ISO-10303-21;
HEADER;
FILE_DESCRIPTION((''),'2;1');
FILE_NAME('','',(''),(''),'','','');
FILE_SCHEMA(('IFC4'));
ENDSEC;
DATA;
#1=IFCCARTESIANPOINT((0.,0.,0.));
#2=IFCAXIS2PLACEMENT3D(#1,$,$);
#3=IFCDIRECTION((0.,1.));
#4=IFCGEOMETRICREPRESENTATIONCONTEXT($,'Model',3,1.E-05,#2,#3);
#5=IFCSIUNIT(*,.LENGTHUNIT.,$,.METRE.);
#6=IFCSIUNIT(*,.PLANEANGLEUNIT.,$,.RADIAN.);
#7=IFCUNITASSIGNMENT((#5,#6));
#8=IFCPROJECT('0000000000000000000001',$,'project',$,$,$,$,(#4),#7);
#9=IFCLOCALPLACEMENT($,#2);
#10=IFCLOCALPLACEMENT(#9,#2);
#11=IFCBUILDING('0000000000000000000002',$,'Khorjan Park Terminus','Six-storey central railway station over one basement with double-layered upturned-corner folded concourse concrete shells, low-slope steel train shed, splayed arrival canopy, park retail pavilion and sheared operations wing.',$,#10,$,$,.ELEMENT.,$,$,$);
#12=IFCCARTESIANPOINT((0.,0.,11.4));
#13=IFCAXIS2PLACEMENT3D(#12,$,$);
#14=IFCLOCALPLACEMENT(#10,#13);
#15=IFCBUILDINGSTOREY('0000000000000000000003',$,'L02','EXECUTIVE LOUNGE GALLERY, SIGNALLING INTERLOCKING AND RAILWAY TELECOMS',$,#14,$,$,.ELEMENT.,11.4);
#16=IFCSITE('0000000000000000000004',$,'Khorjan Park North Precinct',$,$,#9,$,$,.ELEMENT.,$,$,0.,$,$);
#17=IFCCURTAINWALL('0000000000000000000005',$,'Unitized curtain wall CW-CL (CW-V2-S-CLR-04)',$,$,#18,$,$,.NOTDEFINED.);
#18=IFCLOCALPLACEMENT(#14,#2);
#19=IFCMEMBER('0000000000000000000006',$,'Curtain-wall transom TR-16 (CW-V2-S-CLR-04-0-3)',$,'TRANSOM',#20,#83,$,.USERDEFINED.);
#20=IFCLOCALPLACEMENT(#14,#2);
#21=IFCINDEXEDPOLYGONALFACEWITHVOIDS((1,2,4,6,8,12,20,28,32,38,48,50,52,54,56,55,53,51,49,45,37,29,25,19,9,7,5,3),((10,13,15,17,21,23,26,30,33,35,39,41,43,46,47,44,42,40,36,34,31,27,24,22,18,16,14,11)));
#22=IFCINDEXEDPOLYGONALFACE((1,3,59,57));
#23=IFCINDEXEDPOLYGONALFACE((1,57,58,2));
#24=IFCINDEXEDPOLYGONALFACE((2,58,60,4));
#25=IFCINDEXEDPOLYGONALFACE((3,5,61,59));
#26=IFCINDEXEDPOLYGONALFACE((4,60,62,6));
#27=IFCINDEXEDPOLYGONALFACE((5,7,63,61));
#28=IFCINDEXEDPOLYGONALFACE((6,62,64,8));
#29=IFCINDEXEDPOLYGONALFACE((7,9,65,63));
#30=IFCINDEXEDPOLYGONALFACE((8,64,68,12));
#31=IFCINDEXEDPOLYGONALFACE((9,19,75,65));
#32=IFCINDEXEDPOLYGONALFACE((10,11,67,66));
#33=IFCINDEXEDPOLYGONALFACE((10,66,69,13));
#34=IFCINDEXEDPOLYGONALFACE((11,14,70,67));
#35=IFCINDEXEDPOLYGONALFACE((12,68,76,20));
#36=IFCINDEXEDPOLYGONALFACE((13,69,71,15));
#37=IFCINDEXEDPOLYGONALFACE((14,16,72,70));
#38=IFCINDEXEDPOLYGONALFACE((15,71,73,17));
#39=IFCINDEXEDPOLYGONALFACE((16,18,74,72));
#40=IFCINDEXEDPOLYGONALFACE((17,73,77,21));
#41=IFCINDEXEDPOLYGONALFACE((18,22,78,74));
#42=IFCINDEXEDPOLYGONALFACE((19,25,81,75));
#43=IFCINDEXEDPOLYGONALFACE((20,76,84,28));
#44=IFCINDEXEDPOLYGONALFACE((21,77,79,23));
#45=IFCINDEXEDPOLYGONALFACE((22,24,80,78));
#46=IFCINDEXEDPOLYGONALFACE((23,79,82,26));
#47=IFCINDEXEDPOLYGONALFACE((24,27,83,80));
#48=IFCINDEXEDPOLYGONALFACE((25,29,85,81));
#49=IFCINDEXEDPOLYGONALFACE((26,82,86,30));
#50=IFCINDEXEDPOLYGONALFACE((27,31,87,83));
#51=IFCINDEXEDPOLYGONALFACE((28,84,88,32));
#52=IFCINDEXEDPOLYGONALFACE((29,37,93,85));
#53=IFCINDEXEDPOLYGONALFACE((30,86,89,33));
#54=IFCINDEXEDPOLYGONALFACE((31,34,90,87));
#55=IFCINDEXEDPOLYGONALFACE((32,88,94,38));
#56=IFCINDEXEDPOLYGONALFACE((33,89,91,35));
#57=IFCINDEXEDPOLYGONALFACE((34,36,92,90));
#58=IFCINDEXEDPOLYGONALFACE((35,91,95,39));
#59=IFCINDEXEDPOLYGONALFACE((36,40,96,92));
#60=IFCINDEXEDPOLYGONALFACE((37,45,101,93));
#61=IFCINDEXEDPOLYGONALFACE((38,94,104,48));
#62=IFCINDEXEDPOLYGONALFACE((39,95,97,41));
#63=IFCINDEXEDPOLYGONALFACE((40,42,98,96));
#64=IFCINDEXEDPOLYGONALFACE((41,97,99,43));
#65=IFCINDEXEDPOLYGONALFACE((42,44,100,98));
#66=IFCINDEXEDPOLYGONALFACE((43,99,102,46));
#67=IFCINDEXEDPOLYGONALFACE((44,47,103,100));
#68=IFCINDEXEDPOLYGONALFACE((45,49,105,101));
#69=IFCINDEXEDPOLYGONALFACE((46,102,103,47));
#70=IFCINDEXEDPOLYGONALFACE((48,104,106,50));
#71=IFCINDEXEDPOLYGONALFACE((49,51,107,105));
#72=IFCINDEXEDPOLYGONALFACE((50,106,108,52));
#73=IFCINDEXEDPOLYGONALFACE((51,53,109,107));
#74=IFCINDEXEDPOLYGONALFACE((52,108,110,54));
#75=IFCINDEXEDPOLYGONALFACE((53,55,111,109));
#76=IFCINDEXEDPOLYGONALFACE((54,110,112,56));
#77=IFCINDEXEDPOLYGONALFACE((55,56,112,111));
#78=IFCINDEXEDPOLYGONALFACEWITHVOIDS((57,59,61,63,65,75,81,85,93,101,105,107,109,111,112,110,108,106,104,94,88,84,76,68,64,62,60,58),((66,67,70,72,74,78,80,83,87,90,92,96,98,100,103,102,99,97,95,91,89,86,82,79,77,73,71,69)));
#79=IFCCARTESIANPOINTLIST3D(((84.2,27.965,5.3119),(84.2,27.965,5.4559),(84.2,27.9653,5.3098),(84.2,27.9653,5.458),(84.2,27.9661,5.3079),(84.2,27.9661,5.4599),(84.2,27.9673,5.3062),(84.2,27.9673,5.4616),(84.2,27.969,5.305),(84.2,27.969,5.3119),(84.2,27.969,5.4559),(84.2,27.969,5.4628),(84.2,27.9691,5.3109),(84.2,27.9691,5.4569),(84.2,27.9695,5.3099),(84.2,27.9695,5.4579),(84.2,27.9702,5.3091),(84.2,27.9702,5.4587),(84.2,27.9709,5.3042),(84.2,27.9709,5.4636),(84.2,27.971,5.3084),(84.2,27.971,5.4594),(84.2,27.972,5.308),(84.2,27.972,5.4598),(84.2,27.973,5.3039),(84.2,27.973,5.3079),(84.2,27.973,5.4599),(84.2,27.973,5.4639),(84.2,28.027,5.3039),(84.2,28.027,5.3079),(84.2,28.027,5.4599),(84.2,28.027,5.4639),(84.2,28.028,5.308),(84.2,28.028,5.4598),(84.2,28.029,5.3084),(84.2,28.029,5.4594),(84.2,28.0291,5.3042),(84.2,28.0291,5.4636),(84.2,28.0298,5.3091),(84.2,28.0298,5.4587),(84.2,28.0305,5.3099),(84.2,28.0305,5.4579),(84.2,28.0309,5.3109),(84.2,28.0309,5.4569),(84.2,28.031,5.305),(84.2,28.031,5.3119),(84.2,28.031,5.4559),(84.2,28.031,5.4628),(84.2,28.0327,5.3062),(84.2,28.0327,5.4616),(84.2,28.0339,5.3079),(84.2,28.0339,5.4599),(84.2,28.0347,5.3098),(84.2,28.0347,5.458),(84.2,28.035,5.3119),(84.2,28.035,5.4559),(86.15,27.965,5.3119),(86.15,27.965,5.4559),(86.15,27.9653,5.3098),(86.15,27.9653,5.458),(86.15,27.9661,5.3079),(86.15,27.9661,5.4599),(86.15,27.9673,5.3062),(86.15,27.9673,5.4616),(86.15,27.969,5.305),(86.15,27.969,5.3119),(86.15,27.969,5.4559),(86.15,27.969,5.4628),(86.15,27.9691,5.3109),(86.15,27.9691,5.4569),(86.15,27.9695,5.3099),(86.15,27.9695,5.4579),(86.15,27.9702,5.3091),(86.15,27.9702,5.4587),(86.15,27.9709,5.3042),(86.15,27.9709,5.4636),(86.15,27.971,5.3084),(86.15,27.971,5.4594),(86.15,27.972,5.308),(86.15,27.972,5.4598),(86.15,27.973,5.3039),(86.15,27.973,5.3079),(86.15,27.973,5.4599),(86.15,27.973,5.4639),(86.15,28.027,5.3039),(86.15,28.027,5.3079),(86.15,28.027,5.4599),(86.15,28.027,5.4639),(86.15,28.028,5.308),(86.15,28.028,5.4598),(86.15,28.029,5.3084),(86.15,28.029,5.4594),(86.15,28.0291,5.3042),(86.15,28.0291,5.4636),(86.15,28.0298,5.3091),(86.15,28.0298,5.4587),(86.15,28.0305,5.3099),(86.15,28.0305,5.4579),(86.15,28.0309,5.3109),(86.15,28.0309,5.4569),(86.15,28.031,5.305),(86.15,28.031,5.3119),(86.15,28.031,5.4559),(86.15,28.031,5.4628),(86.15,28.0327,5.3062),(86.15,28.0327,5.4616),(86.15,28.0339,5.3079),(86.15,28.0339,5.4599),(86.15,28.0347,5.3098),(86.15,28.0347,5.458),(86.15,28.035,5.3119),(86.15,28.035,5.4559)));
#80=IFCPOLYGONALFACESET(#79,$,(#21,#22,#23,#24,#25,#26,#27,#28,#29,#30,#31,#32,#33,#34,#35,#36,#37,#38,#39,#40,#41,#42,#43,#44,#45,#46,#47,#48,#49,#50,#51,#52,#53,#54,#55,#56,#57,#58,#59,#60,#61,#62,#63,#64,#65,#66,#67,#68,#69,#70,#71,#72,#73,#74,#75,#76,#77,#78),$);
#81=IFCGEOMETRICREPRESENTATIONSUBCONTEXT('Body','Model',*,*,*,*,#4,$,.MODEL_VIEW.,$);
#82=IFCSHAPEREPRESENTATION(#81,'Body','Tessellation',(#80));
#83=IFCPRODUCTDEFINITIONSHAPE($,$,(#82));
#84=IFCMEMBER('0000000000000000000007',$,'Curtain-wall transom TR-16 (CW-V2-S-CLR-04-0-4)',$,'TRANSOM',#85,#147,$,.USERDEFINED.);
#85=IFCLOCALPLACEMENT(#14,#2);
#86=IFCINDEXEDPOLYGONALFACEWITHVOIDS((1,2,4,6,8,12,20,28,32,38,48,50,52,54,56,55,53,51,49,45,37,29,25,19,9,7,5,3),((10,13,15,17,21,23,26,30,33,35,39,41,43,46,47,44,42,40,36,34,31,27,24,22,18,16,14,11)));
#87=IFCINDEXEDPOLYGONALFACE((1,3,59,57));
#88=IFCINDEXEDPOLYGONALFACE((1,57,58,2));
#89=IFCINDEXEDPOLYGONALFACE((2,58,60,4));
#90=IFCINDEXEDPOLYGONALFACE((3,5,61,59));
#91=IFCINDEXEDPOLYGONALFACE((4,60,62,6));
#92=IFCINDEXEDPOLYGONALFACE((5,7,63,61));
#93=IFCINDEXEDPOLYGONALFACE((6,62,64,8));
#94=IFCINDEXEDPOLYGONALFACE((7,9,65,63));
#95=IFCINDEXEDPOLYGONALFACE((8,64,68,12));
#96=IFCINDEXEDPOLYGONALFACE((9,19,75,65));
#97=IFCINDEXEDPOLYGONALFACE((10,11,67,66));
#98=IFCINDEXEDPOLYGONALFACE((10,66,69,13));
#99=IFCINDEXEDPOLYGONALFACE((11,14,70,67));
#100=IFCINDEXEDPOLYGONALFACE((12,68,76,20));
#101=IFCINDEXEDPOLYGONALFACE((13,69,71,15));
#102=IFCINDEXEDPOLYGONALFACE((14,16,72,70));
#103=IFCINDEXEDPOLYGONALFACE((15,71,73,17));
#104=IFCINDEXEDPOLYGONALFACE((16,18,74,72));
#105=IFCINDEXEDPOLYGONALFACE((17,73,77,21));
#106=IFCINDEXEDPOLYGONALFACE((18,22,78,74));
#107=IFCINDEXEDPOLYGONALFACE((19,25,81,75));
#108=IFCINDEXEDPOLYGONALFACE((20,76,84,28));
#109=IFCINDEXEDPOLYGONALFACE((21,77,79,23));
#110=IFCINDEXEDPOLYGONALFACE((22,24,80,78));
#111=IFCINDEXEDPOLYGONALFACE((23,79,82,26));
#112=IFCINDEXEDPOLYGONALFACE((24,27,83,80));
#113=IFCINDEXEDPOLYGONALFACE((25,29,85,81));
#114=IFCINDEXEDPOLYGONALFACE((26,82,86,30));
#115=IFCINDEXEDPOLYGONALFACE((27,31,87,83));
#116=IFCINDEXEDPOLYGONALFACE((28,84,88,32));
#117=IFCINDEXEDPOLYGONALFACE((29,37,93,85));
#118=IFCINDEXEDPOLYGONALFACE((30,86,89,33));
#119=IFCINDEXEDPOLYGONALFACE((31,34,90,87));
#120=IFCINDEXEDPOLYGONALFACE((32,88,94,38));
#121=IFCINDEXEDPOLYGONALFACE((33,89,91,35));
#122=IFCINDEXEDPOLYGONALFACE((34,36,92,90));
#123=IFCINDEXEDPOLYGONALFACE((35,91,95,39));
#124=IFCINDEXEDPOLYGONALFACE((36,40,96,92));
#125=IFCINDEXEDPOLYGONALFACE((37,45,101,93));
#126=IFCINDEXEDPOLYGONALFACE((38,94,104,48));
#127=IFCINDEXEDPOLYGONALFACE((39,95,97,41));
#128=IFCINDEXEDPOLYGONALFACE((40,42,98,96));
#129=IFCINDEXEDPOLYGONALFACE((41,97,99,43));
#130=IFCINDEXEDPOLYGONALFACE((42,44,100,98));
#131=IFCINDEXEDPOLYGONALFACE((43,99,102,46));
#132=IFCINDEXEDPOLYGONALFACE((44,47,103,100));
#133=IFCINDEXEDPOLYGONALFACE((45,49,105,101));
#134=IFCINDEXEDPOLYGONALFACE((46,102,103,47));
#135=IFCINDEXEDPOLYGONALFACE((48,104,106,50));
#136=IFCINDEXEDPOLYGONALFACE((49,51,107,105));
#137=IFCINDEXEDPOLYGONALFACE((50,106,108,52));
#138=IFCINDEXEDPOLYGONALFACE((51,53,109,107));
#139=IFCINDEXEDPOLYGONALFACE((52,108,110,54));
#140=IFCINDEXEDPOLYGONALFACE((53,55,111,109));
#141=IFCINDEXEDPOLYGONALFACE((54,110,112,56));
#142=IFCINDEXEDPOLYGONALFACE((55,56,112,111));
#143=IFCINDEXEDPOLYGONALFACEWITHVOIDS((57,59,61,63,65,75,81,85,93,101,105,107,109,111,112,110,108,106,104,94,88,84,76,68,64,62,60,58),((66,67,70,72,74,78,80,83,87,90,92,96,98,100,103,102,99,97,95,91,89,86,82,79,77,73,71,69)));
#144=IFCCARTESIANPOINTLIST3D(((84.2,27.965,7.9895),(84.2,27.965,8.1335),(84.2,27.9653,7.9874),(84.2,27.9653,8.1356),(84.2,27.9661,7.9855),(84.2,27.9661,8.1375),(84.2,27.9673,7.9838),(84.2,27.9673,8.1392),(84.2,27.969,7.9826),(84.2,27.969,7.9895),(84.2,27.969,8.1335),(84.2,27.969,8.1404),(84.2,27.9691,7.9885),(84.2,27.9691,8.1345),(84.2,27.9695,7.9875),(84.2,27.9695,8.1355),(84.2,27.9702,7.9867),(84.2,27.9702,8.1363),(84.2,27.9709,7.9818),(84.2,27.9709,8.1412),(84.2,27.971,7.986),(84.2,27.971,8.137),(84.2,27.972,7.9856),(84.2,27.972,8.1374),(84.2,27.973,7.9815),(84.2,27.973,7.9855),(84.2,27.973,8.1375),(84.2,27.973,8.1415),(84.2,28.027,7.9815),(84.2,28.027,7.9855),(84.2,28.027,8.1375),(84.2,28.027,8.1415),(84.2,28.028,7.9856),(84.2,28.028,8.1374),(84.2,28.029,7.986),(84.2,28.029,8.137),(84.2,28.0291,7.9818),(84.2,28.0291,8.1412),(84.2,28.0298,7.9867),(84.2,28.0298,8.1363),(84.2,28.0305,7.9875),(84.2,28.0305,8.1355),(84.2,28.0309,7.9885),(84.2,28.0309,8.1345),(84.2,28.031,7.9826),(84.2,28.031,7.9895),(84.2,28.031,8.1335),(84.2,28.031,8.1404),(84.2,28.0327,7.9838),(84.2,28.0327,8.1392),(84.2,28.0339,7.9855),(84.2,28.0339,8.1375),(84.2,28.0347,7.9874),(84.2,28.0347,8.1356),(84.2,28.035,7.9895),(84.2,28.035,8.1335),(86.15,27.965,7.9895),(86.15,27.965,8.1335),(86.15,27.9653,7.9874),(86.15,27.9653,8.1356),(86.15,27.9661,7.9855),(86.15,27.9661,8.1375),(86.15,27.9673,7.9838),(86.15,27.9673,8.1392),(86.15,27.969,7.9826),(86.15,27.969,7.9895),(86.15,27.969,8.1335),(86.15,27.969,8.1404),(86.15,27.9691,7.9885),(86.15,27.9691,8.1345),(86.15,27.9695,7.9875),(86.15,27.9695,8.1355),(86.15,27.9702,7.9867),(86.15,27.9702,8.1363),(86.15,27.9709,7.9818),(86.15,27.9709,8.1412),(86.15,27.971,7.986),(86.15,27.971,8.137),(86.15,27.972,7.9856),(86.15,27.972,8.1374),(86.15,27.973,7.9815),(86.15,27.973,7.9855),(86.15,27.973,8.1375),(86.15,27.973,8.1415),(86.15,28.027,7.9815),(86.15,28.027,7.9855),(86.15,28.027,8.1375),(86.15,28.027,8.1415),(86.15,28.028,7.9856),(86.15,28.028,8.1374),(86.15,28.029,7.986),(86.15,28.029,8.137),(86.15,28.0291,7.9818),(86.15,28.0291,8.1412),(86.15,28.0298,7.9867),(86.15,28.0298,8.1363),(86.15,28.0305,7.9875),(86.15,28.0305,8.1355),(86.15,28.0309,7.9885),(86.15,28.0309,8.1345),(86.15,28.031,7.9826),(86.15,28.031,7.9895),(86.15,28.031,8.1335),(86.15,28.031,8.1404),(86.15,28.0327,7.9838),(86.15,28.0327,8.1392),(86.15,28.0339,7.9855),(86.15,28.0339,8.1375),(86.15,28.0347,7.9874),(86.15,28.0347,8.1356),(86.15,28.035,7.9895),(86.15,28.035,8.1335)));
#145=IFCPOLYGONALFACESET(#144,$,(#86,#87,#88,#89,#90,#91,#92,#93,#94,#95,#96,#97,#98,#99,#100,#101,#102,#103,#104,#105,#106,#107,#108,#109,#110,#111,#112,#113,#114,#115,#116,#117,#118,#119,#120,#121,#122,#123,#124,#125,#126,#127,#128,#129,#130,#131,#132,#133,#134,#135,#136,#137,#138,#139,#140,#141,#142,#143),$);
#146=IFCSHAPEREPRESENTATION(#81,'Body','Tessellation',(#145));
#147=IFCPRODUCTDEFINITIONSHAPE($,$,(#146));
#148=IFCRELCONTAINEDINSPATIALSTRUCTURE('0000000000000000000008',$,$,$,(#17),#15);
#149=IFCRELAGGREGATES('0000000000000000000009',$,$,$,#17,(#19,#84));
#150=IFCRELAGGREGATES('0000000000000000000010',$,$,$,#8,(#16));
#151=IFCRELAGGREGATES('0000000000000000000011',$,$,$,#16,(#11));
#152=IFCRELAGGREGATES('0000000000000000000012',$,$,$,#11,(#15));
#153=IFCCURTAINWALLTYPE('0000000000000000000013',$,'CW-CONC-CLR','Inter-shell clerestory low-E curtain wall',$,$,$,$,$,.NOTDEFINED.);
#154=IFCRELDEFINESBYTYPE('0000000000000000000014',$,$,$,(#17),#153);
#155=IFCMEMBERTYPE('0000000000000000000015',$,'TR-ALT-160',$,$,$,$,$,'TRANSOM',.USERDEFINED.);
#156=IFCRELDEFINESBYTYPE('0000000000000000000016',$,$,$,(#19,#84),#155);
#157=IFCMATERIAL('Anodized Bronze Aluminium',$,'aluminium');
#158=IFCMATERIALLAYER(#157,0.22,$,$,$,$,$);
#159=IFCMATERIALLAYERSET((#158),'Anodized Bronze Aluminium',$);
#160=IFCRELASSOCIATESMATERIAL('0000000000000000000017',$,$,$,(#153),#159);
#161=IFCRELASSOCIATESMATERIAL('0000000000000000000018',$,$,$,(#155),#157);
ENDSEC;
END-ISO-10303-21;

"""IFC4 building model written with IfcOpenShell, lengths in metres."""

from ifc_helpers import new_model, si_unit, direction, frame, origin, origin_2d, place, context, subcontext, project, spatial, hollow_rectangle, extrude, material, layer, layer_set, material_profile, profile_set, type_object, element, aggregate, save


model = new_model("IFC4")

# Units and contexts
model_context = context("Model", 3, precision=1e-05, world=origin(), true_north=direction((0.0, 1.0)))
body_context = subcontext(model_context, "Body", "Model", "MODEL_VIEW")
ifc_project = project(units=[si_unit("LENGTHUNIT", "METRE"), si_unit("PLANEANGLEUNIT", "RADIAN")], contexts=[model_context])

# Site, building, storey
site_placement = place(None, origin())
site = spatial("IfcSite", under=ifc_project, at=site_placement, Name="Khorjan Park North Precinct", CompositionType="ELEMENT", RefElevation=0.0)
building_placement = place(site_placement, origin())
building = spatial("IfcBuilding", under=site, at=building_placement, Name="Khorjan Park Terminus", Description="Six-storey central railway station over one basement with double-layered upturned-corner folded concourse concrete shells, low-slope steel train shed, splayed arrival canopy, park retail pavilion and sheared operations wing.", CompositionType="ELEMENT")
storey_placement = place(building_placement, frame((0.0, 0.0, 11.4)))
storey = spatial("IfcBuildingStorey", under=building, at=storey_placement, Name="L02", Description="EXECUTIVE LOUNGE GALLERY, SIGNALLING INTERLOCKING AND RAILWAY TELECOMS", CompositionType="ELEMENT", Elevation=11.4)

# Shared definitions
ifc_material_1 = material(Name="Anodized Bronze Aluminium", Category="aluminium")
ifc_layer_1 = layer(ifc_material_1, 0.22)
ifc_layer_set_1 = layer_set([ifc_layer_1], Name="Anodized Bronze Aluminium")
curtain_wall_type = type_object("IfcCurtainWallType", Name="CW-CONC-CLR", Description="Inter-shell clerestory low-E curtain wall", PredefinedType="NOTDEFINED", material=ifc_layer_set_1)

# Curtain wall
curtain_wall_1_placement = place(storey_placement, origin())
curtain_wall_1 = element("IfcCurtainWall", 1, at=curtain_wall_1_placement, inside=storey, type_object=curtain_wall_type, Name="Unitized curtain wall CW-CL (CW-V2-S-CLR-04)", PredefinedType="NOTDEFINED")

# Members
ifc_material_profile_1 = material_profile(ifc_material_1, hollow_rectangle(XDim=0.07, YDim=0.16, WallThickness=0.004, InnerFilletRadius=0.004, OuterFilletRadius=0.008, at=origin_2d()), Name="ALT 70x160x4")
ifc_profile_set_1 = profile_set([ifc_material_profile_1], Name="Anodized Bronze Aluminium")
member_type_1 = type_object("IfcMemberType", Name="TR-ALT-160", ElementType="TRANSOM", PredefinedType="USERDEFINED", material=ifc_profile_set_1)
member_1_placement = place(storey_placement, frame((84.2, 28.0, 5.3839), z_axis=(1.0, 0.0, 0.0), x_axis=(0.0, 1.0, 0.0)))
member_1 = element("IfcMember", 2, at=member_1_placement, type_object=member_type_1, Name="Curtain-wall transom TR-16 (CW-V2-S-CLR-04-0-3)", ObjectType="TRANSOM", PredefinedType="USERDEFINED", context=body_context, shape_type="SweptSolid", body=[
    extrude(hollow_rectangle(XDim=0.07, YDim=0.16, WallThickness=0.004, InnerFilletRadius=0.004, OuterFilletRadius=0.008, at=origin_2d()), origin(), (0.0, 0.0, 1.0), 1.95),
])
member_2_placement = place(storey_placement, frame((84.2, 28.0, 8.0615), z_axis=(1.0, 0.0, 0.0), x_axis=(0.0, 1.0, 0.0)))
member_2 = element("IfcMember", 3, at=member_2_placement, type_object=member_type_1, Name="Curtain-wall transom TR-16 (CW-V2-S-CLR-04-0-4)", ObjectType="TRANSOM", PredefinedType="USERDEFINED", context=body_context, shape_type="SweptSolid", body=[
    extrude(hollow_rectangle(XDim=0.07, YDim=0.16, WallThickness=0.004, InnerFilletRadius=0.004, OuterFilletRadius=0.008, at=origin_2d()), origin(), (0.0, 0.0, 1.0), 1.95),
])

aggregate(curtain_wall_1, [member_1, member_2])

save(model, "model.ifc")
